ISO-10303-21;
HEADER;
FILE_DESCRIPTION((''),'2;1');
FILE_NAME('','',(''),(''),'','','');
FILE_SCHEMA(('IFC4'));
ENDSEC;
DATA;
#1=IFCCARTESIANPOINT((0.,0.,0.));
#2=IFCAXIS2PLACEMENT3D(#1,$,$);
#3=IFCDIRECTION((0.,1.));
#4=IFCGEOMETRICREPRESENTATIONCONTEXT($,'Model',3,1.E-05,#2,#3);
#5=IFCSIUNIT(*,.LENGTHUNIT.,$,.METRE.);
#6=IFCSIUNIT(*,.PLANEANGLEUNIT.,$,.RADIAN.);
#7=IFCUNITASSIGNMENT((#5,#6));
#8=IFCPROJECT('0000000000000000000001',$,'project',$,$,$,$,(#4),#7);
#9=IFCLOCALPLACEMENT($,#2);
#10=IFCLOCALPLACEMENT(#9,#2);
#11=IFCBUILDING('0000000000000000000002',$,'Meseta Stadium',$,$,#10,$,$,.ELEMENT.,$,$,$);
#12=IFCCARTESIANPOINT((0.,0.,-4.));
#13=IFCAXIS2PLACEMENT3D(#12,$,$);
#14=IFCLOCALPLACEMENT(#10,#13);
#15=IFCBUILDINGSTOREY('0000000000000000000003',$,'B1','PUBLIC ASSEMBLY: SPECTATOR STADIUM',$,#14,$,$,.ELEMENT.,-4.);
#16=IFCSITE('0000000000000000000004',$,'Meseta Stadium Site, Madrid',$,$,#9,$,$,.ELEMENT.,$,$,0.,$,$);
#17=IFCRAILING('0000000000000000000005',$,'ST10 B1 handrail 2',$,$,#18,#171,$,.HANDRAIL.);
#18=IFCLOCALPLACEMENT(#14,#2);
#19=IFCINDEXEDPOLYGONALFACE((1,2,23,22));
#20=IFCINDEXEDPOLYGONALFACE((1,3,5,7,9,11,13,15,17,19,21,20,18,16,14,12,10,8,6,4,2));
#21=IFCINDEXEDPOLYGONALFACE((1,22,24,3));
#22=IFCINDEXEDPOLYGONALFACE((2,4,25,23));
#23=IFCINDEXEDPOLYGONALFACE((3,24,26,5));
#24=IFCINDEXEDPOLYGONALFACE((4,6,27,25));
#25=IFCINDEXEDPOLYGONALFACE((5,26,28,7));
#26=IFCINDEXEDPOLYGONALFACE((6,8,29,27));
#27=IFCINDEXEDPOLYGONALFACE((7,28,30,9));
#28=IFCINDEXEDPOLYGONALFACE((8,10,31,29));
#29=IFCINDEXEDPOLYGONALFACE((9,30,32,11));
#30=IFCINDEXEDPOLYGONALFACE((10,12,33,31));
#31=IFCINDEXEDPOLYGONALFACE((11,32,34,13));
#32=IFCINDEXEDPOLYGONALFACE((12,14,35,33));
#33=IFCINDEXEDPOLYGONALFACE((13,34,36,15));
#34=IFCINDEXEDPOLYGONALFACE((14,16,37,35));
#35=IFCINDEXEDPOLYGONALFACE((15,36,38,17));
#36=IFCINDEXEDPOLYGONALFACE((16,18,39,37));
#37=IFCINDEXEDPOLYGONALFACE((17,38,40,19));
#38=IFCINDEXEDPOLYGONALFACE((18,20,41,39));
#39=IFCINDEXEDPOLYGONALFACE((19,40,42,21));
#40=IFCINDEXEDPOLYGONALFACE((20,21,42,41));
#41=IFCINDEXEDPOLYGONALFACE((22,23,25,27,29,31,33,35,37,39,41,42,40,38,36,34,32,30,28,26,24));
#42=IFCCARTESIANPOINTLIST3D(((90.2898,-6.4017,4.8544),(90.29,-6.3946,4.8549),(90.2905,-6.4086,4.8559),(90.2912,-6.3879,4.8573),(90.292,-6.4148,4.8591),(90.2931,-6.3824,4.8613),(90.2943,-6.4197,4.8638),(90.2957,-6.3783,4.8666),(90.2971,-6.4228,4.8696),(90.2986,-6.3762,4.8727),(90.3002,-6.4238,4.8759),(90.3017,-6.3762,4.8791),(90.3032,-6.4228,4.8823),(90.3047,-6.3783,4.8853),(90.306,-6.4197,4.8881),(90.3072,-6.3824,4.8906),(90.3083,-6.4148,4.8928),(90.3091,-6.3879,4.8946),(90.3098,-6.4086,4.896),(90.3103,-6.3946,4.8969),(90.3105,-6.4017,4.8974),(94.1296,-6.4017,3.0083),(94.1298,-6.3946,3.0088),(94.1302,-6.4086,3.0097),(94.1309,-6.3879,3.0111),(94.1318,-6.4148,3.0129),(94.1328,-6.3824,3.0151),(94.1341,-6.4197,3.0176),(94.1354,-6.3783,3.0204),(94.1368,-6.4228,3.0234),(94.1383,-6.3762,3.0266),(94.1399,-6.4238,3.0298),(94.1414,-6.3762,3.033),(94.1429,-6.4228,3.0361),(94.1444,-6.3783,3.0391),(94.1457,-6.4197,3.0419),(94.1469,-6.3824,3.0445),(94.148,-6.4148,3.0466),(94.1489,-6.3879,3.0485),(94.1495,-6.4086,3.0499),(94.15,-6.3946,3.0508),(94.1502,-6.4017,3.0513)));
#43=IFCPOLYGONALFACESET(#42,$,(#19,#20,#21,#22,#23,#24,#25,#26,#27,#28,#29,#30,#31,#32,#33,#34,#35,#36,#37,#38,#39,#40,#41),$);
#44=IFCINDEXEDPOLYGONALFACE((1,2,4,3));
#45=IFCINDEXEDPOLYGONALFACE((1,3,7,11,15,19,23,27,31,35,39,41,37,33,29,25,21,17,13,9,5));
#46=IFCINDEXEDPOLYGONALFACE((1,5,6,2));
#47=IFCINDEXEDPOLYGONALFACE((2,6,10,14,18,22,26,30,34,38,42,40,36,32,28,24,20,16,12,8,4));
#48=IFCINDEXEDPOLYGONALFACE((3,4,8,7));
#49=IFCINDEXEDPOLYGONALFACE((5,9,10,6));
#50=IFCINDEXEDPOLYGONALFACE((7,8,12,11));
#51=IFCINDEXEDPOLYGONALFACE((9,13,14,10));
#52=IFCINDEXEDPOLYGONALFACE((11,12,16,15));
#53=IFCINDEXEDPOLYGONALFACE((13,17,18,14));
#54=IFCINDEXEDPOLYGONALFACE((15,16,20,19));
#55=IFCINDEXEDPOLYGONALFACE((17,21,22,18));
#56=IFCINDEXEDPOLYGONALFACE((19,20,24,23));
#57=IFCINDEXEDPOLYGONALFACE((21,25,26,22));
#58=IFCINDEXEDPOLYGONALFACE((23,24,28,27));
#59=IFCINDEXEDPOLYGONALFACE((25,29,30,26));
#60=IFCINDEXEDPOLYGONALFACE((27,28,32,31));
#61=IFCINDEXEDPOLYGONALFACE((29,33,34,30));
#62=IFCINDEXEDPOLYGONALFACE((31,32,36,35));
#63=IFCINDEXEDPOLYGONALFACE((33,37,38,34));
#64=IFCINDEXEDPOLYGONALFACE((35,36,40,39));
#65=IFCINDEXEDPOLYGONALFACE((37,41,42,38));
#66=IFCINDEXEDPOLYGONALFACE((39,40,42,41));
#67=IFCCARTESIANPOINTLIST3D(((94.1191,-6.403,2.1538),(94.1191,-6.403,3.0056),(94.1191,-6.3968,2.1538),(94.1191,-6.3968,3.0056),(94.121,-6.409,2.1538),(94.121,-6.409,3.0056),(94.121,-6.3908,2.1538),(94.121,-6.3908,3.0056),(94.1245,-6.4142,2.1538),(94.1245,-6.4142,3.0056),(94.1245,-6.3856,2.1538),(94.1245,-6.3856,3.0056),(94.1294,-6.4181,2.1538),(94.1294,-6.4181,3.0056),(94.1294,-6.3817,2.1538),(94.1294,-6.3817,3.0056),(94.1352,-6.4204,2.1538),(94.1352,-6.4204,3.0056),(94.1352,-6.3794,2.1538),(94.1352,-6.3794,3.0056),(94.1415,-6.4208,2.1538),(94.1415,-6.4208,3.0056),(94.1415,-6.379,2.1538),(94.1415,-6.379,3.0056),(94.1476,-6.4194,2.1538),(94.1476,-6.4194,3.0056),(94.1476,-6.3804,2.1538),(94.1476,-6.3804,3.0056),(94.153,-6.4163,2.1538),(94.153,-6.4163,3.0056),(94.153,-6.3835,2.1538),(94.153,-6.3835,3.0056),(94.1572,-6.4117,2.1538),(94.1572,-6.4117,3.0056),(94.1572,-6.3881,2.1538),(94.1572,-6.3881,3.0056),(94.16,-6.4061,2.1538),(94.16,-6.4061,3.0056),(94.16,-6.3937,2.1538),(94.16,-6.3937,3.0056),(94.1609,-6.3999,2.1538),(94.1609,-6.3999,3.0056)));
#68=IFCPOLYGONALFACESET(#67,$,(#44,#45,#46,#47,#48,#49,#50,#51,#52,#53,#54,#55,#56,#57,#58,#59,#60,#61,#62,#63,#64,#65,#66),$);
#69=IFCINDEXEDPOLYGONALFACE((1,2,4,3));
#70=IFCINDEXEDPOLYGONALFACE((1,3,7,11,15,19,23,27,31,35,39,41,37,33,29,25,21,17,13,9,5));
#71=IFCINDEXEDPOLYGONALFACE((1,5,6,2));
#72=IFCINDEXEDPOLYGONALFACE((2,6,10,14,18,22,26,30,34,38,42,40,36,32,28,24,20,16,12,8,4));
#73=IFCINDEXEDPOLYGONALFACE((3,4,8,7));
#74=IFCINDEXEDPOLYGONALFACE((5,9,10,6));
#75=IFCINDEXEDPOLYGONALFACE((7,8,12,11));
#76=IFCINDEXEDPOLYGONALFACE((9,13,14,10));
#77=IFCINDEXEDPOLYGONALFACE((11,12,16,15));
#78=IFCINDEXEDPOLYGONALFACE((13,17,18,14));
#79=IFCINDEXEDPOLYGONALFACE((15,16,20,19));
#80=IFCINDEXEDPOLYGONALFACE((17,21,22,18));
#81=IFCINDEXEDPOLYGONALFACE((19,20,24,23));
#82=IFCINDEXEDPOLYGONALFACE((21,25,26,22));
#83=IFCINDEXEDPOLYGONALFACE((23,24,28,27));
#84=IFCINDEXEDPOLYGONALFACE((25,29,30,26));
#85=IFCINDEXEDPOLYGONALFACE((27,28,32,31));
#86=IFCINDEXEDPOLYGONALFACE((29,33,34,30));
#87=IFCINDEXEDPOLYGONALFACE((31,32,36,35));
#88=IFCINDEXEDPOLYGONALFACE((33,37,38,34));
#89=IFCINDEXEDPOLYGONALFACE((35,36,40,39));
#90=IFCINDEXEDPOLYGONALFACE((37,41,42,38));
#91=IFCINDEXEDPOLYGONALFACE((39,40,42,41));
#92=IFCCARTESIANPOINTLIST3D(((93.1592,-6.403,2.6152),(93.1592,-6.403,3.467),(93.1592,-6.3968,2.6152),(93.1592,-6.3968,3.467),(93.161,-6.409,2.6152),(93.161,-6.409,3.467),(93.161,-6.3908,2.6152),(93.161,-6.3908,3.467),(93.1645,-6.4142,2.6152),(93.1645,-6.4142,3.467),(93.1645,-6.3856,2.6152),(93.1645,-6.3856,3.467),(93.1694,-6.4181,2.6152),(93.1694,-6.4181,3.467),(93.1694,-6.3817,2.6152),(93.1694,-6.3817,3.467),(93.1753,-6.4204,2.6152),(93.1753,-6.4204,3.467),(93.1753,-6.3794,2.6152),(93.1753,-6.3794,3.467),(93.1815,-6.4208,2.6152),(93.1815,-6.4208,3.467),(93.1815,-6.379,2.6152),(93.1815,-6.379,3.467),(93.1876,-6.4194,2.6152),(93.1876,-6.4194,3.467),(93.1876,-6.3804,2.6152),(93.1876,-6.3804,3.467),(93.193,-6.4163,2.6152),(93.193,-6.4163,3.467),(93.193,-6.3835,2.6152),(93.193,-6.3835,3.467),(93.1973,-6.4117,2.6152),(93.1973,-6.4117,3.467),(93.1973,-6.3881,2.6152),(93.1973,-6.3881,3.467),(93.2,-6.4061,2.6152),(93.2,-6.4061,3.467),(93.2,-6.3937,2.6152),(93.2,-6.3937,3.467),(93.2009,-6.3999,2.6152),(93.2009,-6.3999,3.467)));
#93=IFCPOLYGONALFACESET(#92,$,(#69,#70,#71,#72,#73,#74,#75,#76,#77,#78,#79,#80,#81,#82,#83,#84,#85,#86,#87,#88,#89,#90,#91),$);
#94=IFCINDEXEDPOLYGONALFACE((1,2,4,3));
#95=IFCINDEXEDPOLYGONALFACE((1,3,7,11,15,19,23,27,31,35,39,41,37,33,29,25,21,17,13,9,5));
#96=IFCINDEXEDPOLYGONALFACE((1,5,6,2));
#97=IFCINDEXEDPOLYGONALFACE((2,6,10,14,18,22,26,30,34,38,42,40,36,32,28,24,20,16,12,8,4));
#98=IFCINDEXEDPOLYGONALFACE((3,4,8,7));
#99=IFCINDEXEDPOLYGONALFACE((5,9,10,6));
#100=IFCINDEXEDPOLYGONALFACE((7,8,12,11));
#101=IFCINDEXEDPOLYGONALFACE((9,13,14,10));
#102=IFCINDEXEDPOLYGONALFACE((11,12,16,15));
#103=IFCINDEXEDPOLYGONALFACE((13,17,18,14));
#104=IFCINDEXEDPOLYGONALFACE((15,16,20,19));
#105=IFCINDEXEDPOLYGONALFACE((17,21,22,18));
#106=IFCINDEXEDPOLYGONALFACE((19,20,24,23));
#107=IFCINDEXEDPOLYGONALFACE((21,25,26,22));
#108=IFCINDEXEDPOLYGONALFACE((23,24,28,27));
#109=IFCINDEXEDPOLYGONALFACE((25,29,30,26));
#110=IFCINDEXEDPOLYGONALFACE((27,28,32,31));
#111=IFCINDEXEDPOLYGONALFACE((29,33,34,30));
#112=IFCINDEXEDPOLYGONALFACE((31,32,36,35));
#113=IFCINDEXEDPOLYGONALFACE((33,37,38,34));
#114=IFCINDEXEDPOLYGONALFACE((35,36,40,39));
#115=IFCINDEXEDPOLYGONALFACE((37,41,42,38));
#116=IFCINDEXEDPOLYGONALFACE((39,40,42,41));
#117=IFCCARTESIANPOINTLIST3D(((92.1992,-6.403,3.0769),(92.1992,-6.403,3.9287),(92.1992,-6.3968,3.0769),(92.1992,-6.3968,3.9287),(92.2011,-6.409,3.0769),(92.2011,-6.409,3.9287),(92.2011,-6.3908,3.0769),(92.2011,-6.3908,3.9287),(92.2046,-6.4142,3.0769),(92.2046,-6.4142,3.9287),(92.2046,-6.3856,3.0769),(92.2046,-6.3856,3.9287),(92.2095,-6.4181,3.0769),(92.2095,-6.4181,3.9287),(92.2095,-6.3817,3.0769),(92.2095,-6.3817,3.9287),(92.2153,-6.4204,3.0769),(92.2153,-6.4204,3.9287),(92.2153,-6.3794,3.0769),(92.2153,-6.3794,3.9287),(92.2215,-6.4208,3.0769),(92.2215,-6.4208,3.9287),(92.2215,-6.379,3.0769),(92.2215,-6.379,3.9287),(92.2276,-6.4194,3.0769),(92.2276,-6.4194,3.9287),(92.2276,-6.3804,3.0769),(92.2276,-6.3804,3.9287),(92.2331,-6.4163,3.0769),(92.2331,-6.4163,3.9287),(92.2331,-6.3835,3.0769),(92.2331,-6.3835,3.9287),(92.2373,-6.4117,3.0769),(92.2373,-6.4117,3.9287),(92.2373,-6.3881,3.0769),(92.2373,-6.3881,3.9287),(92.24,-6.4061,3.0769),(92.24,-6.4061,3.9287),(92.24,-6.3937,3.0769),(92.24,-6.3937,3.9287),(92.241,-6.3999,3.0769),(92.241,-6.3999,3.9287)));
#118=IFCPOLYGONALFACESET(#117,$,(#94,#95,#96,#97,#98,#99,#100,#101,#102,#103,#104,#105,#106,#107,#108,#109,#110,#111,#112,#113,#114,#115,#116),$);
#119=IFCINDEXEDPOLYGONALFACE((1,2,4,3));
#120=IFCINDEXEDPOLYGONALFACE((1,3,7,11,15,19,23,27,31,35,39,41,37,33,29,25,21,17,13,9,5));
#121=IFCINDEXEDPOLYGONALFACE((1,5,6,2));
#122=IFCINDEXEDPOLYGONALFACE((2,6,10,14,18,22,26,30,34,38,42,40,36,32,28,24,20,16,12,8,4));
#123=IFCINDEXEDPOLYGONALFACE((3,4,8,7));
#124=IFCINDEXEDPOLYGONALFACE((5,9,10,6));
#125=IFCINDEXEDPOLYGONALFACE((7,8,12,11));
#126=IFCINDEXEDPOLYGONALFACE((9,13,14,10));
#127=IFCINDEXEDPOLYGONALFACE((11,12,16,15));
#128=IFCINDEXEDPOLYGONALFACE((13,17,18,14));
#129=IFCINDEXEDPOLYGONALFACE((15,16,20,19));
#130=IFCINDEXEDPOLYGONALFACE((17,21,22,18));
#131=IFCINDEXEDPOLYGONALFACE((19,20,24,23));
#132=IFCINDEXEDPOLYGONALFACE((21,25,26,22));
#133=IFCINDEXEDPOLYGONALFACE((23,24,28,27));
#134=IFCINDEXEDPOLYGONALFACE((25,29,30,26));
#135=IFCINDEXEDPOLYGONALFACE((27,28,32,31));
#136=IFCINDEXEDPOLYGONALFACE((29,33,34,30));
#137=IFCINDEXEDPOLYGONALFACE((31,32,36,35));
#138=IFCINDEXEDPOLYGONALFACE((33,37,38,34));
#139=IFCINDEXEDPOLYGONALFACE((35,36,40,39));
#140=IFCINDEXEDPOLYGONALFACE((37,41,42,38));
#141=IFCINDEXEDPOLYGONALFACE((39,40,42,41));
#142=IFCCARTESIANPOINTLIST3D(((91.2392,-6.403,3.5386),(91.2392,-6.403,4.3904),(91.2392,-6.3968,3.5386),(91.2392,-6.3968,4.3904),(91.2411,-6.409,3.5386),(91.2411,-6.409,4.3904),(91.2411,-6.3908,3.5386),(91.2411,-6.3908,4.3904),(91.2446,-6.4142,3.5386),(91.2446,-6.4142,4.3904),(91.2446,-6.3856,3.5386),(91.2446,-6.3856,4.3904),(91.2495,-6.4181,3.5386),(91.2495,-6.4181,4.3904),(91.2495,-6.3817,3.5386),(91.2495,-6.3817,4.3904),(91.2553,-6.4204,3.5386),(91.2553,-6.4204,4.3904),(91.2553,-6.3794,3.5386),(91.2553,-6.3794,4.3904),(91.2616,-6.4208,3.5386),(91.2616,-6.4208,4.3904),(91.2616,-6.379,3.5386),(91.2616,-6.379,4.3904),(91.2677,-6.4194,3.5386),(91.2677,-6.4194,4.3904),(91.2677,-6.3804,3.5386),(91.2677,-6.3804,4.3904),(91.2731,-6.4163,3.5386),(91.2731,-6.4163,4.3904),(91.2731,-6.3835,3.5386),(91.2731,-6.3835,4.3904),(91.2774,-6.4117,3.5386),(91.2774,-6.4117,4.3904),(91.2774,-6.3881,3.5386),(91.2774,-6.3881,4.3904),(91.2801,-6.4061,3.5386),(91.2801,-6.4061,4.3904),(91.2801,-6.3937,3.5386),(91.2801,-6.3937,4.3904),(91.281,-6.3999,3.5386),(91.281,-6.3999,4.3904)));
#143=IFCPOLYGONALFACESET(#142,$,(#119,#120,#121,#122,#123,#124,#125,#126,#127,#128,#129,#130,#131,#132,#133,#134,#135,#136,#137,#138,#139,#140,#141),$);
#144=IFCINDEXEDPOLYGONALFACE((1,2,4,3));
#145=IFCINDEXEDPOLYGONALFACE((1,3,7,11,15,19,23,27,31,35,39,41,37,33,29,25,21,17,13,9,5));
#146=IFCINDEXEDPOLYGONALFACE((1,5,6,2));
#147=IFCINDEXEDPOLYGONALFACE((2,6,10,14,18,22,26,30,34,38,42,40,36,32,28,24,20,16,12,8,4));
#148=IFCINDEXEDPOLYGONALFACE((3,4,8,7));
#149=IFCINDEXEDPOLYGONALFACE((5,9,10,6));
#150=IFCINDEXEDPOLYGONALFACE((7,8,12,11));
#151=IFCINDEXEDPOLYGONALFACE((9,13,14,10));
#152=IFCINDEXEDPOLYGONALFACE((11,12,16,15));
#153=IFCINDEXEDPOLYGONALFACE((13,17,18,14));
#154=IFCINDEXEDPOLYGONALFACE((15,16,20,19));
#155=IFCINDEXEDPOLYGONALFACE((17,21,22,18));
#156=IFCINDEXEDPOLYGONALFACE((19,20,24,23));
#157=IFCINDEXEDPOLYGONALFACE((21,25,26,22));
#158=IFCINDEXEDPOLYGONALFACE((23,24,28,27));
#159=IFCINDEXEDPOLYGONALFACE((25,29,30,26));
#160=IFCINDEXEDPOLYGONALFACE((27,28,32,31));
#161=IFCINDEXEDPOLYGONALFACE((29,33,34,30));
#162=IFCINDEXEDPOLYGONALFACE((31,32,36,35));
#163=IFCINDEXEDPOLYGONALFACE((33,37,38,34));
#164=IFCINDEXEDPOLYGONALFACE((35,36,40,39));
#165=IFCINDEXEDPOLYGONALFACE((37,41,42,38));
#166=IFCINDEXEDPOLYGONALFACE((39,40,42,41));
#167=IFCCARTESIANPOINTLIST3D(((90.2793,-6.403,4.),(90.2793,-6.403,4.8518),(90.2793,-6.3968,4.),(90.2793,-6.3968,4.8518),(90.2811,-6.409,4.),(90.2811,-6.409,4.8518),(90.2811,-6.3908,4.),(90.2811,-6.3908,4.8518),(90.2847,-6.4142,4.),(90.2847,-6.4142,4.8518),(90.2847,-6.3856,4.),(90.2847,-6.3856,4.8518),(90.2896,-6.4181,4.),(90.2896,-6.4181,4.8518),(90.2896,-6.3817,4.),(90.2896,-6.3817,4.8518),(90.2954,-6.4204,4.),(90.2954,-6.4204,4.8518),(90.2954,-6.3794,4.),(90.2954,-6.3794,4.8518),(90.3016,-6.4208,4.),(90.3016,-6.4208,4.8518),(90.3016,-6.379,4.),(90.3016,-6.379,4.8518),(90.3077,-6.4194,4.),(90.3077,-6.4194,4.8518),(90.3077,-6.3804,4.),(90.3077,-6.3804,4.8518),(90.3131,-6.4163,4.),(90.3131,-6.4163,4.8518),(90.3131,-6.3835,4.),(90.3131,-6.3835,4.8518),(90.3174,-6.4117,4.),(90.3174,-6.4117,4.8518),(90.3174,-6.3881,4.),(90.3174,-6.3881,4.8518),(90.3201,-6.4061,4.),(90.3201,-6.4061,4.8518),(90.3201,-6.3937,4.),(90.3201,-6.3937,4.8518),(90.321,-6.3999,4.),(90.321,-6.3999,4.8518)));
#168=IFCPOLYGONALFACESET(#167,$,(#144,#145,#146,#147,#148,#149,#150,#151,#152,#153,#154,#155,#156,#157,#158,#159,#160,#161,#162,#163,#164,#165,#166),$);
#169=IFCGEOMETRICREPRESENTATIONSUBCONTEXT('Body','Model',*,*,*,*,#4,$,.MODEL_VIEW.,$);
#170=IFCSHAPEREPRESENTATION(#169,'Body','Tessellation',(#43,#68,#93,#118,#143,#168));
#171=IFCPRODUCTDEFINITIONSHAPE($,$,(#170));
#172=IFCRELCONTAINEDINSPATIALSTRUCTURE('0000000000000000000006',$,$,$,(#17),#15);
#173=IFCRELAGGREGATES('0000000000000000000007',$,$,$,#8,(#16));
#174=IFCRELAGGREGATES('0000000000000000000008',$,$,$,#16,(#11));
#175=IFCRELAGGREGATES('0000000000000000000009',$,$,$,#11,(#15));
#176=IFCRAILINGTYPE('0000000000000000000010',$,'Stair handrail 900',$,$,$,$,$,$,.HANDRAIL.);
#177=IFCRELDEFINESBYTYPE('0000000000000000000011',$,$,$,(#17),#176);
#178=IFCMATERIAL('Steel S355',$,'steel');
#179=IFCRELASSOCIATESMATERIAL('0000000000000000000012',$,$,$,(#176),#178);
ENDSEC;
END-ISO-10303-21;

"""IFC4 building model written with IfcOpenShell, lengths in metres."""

from ifc_helpers import new_model, si_unit, direction, frame, origin, origin_2d, place, context, subcontext, project, spatial, circle, extrude, material, type_object, element, save


model = new_model("IFC4")

# Units and contexts
model_context = context("Model", 3, precision=1e-05, world=origin(), true_north=direction((0.0, 1.0)))
body_context = subcontext(model_context, "Body", "Model", "MODEL_VIEW")
ifc_project = project(units=[si_unit("LENGTHUNIT", "METRE"), si_unit("PLANEANGLEUNIT", "RADIAN")], contexts=[model_context])

# Site, building, storey
site_placement = place(None, origin())
site = spatial("IfcSite", under=ifc_project, at=site_placement, Name="Meseta Stadium Site, Madrid", CompositionType="ELEMENT", RefElevation=0.0)
building_placement = place(site_placement, origin())
building = spatial("IfcBuilding", under=site, at=building_placement, Name="Meseta Stadium", CompositionType="ELEMENT")
storey_placement = place(building_placement, frame((0.0, 0.0, -4.0)))
storey = spatial("IfcBuildingStorey", under=building, at=storey_placement, Name="B1", Description="PUBLIC ASSEMBLY: SPECTATOR STADIUM", CompositionType="ELEMENT", Elevation=-4.0)

# Railing
ifc_material_1 = material(Name="Steel S355", Category="steel")
railing_type_1 = type_object("IfcRailingType", Name="Stair handrail 900", PredefinedType="HANDRAIL", material=ifc_material_1)
for number, where, name in (
    (1, (94.1399, -6.3999, 2.1538), "ST10 B1 handrail 2"),
):
    element("IfcRailing", number, at=place(storey_placement, frame(where)), inside=storey, type_object=railing_type_1, Name=name, PredefinedType="HANDRAIL", context=body_context, shape_type="SweptSolid", body=[
        extrude(circle(Radius=0.0239, at=origin_2d()), frame((0.0, 0.0, 0.876), z_axis=(-0.901242, 0.0, 0.433316), x_axis=(0.0, -1.0, 0.0)), (0.0, 0.0, 1.0), 4.2605),
        extrude(circle(Radius=0.021, at=origin_2d()), origin(), (0.0, 0.0, 1.0), 0.8518),
        extrude(circle(Radius=0.021, at=origin_2d()), frame((-0.96, 0.0, 0.4614)), (0.0, 0.0, 1.0), 0.8518),
        extrude(circle(Radius=0.021, at=origin_2d()), frame((-1.9199, 0.0, 0.9231)), (0.0, 0.0, 1.0), 0.8518),
        extrude(circle(Radius=0.021, at=origin_2d()), frame((-2.8799, 0.0, 1.3848)), (0.0, 0.0, 1.0), 0.8518),
        extrude(circle(Radius=0.021, at=origin_2d()), frame((-3.8398, 0.0, 1.8462)), (0.0, 0.0, 1.0), 0.8518),
    ])

save(model, "model.ifc")
